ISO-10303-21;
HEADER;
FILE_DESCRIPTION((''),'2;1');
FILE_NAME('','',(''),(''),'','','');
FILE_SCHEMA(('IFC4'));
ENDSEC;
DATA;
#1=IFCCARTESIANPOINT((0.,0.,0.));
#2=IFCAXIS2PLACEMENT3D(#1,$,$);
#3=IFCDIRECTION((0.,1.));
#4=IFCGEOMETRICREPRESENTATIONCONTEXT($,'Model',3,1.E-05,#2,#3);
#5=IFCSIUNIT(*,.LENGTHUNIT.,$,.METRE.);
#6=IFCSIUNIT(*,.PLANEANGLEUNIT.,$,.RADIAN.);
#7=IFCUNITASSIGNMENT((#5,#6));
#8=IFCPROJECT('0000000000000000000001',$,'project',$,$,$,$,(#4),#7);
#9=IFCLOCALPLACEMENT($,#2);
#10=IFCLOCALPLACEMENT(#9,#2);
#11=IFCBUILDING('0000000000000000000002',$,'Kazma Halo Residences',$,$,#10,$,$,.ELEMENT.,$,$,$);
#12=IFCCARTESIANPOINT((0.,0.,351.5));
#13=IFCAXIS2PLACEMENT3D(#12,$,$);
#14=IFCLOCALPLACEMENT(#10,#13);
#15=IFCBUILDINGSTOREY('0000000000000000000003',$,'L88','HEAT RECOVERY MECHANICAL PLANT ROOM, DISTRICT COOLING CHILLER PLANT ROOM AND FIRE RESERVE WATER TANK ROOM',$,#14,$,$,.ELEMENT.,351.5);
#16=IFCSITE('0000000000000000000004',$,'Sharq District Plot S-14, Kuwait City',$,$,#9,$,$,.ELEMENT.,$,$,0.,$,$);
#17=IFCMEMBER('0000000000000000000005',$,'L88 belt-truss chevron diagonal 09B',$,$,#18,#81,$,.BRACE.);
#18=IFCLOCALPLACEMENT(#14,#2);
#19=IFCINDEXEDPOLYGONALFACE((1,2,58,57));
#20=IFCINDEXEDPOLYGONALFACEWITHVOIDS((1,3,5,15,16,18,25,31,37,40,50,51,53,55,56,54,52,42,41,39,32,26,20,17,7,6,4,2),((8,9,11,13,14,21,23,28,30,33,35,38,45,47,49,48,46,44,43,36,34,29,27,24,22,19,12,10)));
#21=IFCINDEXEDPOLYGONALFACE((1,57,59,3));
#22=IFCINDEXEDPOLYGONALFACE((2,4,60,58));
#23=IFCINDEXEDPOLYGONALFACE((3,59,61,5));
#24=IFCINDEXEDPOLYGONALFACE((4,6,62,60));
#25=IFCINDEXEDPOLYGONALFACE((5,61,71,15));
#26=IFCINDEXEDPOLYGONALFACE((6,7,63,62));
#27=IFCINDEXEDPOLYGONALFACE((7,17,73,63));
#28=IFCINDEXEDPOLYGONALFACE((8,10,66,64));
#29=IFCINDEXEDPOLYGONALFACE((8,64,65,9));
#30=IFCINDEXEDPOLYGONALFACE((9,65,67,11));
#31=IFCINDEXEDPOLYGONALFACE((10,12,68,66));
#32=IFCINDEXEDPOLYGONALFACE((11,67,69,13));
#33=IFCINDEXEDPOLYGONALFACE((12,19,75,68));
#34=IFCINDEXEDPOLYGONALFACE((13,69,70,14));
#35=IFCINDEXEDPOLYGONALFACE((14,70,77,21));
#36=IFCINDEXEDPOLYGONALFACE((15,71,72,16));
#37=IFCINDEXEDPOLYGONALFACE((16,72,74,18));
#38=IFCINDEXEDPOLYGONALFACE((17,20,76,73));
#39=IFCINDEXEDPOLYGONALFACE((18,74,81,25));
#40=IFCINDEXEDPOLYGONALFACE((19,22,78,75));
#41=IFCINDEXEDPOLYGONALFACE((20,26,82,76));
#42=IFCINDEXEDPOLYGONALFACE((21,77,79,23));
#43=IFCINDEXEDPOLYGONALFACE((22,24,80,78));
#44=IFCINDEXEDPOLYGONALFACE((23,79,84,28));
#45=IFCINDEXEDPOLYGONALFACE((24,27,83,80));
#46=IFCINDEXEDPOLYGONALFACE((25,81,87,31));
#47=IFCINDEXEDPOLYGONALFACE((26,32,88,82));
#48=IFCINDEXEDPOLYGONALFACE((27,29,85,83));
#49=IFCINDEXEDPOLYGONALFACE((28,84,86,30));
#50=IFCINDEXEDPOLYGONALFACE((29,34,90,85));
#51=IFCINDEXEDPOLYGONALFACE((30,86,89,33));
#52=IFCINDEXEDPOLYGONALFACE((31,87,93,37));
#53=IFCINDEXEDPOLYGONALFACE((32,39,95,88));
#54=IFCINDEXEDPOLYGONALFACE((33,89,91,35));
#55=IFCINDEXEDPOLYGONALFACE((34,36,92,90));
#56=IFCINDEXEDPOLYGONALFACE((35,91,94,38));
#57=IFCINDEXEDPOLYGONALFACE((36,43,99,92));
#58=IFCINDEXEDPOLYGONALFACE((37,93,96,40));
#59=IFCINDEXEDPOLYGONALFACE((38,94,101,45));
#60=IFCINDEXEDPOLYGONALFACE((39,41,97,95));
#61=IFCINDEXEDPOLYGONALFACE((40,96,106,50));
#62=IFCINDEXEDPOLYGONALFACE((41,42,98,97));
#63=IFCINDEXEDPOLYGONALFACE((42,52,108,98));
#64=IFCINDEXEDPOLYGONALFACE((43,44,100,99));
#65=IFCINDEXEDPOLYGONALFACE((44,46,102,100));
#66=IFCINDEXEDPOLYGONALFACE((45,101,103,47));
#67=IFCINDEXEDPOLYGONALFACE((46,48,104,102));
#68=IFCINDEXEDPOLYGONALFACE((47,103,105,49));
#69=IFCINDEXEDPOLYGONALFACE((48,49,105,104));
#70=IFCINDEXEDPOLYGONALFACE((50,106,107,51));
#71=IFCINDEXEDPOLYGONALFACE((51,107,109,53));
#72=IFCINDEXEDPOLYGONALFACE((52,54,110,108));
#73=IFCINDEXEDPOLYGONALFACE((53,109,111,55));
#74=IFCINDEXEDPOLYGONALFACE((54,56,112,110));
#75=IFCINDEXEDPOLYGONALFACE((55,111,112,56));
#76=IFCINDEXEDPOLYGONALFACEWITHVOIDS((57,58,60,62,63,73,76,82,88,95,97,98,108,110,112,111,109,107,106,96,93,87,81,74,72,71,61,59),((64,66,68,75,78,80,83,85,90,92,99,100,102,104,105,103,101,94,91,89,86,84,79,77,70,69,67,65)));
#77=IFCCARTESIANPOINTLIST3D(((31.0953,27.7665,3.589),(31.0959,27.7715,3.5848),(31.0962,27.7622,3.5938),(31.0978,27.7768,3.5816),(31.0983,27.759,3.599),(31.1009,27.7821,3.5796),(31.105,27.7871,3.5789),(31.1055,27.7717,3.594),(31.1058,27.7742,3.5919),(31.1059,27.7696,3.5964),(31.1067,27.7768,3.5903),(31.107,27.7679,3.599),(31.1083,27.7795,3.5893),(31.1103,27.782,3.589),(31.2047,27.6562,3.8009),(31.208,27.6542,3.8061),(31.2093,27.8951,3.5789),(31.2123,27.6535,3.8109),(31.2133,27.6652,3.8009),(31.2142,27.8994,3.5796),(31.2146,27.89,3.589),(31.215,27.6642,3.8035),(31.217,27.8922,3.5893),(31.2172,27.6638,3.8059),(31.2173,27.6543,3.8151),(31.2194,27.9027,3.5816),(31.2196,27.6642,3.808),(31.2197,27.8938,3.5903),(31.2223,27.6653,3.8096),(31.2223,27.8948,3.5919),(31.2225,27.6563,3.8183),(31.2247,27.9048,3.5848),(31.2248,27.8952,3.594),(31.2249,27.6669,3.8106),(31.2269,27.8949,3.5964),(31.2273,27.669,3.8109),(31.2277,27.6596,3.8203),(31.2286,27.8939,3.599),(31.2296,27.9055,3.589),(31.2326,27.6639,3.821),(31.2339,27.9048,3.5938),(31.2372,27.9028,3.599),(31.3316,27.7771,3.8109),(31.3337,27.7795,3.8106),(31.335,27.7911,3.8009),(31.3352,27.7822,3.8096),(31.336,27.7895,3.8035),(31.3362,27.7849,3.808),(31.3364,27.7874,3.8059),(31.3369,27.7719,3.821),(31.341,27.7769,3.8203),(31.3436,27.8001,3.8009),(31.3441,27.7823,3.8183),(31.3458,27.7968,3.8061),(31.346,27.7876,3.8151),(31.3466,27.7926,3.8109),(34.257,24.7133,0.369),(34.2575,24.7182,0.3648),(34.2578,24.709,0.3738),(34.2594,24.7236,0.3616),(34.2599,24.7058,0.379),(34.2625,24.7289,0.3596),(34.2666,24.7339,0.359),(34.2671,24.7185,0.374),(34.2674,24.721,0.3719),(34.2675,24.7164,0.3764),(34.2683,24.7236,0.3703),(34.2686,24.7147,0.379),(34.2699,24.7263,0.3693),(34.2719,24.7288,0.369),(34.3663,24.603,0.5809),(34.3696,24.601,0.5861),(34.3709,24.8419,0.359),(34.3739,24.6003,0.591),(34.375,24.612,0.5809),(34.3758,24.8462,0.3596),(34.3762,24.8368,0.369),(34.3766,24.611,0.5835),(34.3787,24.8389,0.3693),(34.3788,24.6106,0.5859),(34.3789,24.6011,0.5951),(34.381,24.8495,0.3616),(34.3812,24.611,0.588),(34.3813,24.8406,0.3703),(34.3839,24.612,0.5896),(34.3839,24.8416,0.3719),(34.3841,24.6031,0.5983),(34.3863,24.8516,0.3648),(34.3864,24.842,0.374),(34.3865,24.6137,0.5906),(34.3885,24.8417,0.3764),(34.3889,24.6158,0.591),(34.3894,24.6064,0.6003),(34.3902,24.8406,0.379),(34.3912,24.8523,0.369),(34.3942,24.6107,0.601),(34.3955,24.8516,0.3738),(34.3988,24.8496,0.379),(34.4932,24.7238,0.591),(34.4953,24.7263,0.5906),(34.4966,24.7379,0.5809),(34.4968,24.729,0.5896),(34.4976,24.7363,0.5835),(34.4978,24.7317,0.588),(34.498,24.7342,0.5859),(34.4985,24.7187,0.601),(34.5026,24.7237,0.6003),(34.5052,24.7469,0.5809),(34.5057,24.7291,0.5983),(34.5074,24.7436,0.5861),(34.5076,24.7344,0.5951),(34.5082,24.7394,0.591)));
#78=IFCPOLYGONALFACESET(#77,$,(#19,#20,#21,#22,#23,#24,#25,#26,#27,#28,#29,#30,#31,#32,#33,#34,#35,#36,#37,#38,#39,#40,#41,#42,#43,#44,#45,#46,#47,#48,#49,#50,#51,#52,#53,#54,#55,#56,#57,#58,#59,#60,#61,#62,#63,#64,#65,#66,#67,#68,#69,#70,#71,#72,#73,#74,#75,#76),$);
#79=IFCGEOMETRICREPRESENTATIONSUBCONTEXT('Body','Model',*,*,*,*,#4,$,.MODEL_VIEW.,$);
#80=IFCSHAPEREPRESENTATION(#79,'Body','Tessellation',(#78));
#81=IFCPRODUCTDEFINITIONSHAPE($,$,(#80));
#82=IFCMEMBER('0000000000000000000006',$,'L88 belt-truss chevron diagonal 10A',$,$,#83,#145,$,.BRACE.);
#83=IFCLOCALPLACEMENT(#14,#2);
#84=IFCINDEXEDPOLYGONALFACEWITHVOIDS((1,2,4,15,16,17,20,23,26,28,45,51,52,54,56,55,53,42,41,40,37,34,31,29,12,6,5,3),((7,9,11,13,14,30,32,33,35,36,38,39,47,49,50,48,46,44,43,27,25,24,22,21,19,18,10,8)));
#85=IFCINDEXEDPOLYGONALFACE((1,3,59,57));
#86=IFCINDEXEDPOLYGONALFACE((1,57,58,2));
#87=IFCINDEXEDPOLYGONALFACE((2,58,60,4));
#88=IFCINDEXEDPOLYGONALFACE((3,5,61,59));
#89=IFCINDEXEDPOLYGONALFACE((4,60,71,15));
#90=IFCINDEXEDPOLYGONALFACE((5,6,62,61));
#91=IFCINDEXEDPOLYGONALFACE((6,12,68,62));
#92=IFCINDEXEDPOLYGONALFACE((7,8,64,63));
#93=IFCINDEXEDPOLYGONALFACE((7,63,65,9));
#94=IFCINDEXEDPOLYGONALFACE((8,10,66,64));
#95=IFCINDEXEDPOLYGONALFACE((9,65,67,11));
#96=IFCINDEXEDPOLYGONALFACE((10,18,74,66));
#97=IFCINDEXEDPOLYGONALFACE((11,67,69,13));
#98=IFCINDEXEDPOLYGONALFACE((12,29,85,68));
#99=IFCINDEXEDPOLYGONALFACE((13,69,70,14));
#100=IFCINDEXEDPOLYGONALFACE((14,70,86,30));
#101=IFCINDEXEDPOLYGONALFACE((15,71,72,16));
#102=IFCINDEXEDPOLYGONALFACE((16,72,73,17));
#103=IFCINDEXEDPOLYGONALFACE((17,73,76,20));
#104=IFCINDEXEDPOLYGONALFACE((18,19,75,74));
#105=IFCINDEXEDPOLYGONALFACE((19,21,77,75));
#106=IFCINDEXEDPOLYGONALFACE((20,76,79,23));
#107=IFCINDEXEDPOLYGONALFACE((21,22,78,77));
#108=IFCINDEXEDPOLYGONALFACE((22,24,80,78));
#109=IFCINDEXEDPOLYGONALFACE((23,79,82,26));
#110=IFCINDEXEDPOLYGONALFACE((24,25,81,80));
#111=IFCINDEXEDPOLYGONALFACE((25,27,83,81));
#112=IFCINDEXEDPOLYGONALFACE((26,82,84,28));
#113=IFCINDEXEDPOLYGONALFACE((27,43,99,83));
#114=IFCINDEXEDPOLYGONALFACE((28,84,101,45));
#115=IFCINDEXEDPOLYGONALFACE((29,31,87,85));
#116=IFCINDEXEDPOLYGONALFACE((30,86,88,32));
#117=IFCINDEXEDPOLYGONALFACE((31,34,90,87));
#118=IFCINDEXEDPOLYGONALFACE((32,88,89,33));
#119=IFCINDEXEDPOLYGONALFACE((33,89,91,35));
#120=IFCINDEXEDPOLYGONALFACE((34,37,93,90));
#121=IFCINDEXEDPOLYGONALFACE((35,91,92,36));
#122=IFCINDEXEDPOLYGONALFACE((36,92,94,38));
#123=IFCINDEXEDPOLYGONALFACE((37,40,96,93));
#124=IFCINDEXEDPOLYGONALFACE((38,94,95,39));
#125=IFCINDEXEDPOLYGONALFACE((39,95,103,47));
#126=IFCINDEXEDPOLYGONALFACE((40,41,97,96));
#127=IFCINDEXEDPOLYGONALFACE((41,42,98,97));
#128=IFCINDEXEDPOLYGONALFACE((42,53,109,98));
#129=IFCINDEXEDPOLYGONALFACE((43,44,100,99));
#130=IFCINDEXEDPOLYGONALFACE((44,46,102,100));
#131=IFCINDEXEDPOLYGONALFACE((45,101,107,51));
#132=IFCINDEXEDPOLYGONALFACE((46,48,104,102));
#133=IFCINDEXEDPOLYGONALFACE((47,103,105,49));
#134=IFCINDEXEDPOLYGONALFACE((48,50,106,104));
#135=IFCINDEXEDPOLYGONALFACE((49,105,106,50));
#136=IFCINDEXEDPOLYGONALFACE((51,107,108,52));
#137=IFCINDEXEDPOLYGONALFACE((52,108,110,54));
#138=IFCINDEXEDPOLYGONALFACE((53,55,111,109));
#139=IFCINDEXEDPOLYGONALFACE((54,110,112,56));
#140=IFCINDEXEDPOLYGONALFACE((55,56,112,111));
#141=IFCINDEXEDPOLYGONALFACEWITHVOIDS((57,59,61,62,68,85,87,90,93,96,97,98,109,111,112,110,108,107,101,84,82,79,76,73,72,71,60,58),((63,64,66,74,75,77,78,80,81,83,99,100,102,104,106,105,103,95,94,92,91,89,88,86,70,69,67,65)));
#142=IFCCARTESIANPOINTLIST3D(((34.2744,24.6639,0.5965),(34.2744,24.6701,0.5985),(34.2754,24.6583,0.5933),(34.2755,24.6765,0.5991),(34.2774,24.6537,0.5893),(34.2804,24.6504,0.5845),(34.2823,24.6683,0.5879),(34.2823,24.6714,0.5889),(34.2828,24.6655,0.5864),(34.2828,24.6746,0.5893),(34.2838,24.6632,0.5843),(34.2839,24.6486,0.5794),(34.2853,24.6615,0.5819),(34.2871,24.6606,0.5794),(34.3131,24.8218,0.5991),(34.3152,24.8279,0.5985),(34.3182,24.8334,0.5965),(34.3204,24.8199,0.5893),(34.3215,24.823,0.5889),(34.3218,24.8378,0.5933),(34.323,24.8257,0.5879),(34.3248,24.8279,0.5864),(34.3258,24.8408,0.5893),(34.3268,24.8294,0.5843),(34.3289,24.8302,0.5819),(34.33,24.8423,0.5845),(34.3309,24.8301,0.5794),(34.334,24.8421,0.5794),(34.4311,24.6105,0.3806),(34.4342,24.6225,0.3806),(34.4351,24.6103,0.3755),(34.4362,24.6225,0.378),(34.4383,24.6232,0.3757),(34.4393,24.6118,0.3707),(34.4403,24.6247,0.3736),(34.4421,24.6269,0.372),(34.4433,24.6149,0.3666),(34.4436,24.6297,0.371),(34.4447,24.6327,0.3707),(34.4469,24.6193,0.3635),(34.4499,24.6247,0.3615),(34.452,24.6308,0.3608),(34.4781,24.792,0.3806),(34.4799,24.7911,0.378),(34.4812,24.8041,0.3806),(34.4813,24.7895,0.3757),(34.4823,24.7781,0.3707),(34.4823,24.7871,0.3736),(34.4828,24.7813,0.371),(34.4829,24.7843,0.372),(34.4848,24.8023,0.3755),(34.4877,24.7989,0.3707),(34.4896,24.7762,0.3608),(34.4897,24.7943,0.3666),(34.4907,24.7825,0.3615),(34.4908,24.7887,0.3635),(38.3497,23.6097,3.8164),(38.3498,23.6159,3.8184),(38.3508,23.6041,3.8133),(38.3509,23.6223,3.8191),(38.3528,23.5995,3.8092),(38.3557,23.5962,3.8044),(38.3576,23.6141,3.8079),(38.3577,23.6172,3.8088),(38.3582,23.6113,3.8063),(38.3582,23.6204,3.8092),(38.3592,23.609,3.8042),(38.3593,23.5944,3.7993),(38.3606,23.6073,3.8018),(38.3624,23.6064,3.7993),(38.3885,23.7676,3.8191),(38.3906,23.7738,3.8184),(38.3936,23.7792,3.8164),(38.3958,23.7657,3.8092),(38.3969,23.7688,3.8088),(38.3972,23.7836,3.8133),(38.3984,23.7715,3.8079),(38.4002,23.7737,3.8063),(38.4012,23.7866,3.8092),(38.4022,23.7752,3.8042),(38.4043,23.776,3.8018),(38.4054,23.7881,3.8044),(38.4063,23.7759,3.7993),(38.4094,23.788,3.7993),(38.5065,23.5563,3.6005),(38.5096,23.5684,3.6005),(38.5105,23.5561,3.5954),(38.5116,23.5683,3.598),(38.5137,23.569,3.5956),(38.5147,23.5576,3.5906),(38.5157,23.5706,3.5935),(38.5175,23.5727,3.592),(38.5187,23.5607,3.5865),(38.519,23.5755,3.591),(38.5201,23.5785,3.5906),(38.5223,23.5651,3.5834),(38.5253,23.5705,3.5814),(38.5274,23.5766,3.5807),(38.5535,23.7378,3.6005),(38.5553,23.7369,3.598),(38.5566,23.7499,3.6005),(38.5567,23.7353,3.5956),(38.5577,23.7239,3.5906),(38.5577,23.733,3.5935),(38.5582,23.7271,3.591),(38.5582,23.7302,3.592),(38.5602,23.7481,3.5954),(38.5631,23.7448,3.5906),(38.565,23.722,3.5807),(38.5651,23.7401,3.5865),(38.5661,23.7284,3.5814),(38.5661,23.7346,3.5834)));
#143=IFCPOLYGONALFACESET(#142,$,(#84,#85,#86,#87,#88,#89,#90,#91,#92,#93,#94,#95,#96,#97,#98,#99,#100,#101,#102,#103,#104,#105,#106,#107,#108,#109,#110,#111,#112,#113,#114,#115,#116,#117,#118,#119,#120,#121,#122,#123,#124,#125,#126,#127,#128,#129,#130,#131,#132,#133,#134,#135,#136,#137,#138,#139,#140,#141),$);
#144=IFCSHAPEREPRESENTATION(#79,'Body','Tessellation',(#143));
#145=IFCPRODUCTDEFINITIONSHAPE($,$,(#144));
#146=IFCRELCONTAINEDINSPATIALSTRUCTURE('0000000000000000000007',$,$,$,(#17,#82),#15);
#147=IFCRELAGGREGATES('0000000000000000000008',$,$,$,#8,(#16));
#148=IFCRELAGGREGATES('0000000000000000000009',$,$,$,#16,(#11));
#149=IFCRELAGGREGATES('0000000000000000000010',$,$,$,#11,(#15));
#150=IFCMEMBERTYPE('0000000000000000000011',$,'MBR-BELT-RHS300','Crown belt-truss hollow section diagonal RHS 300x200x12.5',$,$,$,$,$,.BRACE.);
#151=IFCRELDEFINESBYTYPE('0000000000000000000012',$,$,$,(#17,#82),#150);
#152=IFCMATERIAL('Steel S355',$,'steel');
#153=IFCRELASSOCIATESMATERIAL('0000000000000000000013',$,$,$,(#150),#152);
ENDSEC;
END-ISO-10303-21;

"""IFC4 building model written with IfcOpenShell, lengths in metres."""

from ifc_helpers import new_model, si_unit, direction, frame, origin, origin_2d, place, context, subcontext, project, spatial, hollow_rectangle, extrude, material, material_profile, profile_set, type_object, element, save


model = new_model("IFC4")

# Units and contexts
model_context = context("Model", 3, precision=1e-05, world=origin(), true_north=direction((0.0, 1.0)))
body_context = subcontext(model_context, "Body", "Model", "MODEL_VIEW")
ifc_project = project(units=[si_unit("LENGTHUNIT", "METRE"), si_unit("PLANEANGLEUNIT", "RADIAN")], contexts=[model_context])

# Site, building, storey
site_placement = place(None, origin())
site = spatial("IfcSite", under=ifc_project, at=site_placement, Name="Sharq District Plot S-14, Kuwait City", CompositionType="ELEMENT", RefElevation=0.0)
building_placement = place(site_placement, origin())
building = spatial("IfcBuilding", under=site, at=building_placement, Name="Kazma Halo Residences", CompositionType="ELEMENT")
storey_placement = place(building_placement, frame((0.0, 0.0, 351.5)))
storey = spatial("IfcBuildingStorey", under=building, at=storey_placement, Name="L88", Description="HEAT RECOVERY MECHANICAL PLANT ROOM, DISTRICT COOLING CHILLER PLANT ROOM AND FIRE RESERVE WATER TANK ROOM", CompositionType="ELEMENT", Elevation=351.5)

# Shared definitions
ifc_material_1 = material(Name="Steel S355", Category="steel")

# Members
ifc_material_profile_1 = material_profile(ifc_material_1, hollow_rectangle(XDim=0.2, YDim=0.3, WallThickness=0.0125, InnerFilletRadius=0.0125, OuterFilletRadius=0.0249, at=origin_2d()), Name="RHS300x200x12.5")
ifc_profile_set_1 = profile_set([ifc_material_profile_1], Name="Steel S355")
member_type_1 = type_object("IfcMemberType", Name="MBR-BELT-RHS300", Description="Crown belt-truss hollow section diagonal RHS 300x200x12.5", PredefinedType="BRACE", material=ifc_profile_set_1)
for number, where, z_axis, x_axis, name in (
    (1, (34.3826, 24.7263, 0.48), (-0.580273, 0.560378, 0.590982), (-0.694668, -0.719331, 0.0), "L88 belt-truss chevron diagonal 09B"),
):
    element("IfcMember", number, at=place(storey_placement, frame(where, z_axis=z_axis, x_axis=x_axis)), inside=storey, type_object=member_type_1, Name=name, PredefinedType="BRACE", context=body_context, shape_type="SweptSolid", body=[
        extrude(hollow_rectangle(XDim=0.2, YDim=0.3, WallThickness=0.0125, InnerFilletRadius=0.0125, OuterFilletRadius=0.0249, at=origin_2d()), origin(), (0.0, 0.0, 1.0), 5.4485),
    ])
member_1_placement = place(storey_placement, frame((34.3826, 24.7263, 0.48), z_axis=(0.768968, -0.19891, 0.607555), x_axis=(0.250429, 0.968135, 0.0)))
element("IfcMember", 2, at=member_1_placement, inside=storey, type_object=member_type_1, Name="L88 belt-truss chevron diagonal 10A", PredefinedType="BRACE", context=body_context, shape_type="SweptSolid", body=[
    extrude(hollow_rectangle(XDim=0.2, YDim=0.3, WallThickness=0.0125, InnerFilletRadius=0.0125, OuterFilletRadius=0.0249, at=origin_2d()), origin(), (0.0, 0.0, 1.0), 5.2998),
])

save(model, "model.ifc")
